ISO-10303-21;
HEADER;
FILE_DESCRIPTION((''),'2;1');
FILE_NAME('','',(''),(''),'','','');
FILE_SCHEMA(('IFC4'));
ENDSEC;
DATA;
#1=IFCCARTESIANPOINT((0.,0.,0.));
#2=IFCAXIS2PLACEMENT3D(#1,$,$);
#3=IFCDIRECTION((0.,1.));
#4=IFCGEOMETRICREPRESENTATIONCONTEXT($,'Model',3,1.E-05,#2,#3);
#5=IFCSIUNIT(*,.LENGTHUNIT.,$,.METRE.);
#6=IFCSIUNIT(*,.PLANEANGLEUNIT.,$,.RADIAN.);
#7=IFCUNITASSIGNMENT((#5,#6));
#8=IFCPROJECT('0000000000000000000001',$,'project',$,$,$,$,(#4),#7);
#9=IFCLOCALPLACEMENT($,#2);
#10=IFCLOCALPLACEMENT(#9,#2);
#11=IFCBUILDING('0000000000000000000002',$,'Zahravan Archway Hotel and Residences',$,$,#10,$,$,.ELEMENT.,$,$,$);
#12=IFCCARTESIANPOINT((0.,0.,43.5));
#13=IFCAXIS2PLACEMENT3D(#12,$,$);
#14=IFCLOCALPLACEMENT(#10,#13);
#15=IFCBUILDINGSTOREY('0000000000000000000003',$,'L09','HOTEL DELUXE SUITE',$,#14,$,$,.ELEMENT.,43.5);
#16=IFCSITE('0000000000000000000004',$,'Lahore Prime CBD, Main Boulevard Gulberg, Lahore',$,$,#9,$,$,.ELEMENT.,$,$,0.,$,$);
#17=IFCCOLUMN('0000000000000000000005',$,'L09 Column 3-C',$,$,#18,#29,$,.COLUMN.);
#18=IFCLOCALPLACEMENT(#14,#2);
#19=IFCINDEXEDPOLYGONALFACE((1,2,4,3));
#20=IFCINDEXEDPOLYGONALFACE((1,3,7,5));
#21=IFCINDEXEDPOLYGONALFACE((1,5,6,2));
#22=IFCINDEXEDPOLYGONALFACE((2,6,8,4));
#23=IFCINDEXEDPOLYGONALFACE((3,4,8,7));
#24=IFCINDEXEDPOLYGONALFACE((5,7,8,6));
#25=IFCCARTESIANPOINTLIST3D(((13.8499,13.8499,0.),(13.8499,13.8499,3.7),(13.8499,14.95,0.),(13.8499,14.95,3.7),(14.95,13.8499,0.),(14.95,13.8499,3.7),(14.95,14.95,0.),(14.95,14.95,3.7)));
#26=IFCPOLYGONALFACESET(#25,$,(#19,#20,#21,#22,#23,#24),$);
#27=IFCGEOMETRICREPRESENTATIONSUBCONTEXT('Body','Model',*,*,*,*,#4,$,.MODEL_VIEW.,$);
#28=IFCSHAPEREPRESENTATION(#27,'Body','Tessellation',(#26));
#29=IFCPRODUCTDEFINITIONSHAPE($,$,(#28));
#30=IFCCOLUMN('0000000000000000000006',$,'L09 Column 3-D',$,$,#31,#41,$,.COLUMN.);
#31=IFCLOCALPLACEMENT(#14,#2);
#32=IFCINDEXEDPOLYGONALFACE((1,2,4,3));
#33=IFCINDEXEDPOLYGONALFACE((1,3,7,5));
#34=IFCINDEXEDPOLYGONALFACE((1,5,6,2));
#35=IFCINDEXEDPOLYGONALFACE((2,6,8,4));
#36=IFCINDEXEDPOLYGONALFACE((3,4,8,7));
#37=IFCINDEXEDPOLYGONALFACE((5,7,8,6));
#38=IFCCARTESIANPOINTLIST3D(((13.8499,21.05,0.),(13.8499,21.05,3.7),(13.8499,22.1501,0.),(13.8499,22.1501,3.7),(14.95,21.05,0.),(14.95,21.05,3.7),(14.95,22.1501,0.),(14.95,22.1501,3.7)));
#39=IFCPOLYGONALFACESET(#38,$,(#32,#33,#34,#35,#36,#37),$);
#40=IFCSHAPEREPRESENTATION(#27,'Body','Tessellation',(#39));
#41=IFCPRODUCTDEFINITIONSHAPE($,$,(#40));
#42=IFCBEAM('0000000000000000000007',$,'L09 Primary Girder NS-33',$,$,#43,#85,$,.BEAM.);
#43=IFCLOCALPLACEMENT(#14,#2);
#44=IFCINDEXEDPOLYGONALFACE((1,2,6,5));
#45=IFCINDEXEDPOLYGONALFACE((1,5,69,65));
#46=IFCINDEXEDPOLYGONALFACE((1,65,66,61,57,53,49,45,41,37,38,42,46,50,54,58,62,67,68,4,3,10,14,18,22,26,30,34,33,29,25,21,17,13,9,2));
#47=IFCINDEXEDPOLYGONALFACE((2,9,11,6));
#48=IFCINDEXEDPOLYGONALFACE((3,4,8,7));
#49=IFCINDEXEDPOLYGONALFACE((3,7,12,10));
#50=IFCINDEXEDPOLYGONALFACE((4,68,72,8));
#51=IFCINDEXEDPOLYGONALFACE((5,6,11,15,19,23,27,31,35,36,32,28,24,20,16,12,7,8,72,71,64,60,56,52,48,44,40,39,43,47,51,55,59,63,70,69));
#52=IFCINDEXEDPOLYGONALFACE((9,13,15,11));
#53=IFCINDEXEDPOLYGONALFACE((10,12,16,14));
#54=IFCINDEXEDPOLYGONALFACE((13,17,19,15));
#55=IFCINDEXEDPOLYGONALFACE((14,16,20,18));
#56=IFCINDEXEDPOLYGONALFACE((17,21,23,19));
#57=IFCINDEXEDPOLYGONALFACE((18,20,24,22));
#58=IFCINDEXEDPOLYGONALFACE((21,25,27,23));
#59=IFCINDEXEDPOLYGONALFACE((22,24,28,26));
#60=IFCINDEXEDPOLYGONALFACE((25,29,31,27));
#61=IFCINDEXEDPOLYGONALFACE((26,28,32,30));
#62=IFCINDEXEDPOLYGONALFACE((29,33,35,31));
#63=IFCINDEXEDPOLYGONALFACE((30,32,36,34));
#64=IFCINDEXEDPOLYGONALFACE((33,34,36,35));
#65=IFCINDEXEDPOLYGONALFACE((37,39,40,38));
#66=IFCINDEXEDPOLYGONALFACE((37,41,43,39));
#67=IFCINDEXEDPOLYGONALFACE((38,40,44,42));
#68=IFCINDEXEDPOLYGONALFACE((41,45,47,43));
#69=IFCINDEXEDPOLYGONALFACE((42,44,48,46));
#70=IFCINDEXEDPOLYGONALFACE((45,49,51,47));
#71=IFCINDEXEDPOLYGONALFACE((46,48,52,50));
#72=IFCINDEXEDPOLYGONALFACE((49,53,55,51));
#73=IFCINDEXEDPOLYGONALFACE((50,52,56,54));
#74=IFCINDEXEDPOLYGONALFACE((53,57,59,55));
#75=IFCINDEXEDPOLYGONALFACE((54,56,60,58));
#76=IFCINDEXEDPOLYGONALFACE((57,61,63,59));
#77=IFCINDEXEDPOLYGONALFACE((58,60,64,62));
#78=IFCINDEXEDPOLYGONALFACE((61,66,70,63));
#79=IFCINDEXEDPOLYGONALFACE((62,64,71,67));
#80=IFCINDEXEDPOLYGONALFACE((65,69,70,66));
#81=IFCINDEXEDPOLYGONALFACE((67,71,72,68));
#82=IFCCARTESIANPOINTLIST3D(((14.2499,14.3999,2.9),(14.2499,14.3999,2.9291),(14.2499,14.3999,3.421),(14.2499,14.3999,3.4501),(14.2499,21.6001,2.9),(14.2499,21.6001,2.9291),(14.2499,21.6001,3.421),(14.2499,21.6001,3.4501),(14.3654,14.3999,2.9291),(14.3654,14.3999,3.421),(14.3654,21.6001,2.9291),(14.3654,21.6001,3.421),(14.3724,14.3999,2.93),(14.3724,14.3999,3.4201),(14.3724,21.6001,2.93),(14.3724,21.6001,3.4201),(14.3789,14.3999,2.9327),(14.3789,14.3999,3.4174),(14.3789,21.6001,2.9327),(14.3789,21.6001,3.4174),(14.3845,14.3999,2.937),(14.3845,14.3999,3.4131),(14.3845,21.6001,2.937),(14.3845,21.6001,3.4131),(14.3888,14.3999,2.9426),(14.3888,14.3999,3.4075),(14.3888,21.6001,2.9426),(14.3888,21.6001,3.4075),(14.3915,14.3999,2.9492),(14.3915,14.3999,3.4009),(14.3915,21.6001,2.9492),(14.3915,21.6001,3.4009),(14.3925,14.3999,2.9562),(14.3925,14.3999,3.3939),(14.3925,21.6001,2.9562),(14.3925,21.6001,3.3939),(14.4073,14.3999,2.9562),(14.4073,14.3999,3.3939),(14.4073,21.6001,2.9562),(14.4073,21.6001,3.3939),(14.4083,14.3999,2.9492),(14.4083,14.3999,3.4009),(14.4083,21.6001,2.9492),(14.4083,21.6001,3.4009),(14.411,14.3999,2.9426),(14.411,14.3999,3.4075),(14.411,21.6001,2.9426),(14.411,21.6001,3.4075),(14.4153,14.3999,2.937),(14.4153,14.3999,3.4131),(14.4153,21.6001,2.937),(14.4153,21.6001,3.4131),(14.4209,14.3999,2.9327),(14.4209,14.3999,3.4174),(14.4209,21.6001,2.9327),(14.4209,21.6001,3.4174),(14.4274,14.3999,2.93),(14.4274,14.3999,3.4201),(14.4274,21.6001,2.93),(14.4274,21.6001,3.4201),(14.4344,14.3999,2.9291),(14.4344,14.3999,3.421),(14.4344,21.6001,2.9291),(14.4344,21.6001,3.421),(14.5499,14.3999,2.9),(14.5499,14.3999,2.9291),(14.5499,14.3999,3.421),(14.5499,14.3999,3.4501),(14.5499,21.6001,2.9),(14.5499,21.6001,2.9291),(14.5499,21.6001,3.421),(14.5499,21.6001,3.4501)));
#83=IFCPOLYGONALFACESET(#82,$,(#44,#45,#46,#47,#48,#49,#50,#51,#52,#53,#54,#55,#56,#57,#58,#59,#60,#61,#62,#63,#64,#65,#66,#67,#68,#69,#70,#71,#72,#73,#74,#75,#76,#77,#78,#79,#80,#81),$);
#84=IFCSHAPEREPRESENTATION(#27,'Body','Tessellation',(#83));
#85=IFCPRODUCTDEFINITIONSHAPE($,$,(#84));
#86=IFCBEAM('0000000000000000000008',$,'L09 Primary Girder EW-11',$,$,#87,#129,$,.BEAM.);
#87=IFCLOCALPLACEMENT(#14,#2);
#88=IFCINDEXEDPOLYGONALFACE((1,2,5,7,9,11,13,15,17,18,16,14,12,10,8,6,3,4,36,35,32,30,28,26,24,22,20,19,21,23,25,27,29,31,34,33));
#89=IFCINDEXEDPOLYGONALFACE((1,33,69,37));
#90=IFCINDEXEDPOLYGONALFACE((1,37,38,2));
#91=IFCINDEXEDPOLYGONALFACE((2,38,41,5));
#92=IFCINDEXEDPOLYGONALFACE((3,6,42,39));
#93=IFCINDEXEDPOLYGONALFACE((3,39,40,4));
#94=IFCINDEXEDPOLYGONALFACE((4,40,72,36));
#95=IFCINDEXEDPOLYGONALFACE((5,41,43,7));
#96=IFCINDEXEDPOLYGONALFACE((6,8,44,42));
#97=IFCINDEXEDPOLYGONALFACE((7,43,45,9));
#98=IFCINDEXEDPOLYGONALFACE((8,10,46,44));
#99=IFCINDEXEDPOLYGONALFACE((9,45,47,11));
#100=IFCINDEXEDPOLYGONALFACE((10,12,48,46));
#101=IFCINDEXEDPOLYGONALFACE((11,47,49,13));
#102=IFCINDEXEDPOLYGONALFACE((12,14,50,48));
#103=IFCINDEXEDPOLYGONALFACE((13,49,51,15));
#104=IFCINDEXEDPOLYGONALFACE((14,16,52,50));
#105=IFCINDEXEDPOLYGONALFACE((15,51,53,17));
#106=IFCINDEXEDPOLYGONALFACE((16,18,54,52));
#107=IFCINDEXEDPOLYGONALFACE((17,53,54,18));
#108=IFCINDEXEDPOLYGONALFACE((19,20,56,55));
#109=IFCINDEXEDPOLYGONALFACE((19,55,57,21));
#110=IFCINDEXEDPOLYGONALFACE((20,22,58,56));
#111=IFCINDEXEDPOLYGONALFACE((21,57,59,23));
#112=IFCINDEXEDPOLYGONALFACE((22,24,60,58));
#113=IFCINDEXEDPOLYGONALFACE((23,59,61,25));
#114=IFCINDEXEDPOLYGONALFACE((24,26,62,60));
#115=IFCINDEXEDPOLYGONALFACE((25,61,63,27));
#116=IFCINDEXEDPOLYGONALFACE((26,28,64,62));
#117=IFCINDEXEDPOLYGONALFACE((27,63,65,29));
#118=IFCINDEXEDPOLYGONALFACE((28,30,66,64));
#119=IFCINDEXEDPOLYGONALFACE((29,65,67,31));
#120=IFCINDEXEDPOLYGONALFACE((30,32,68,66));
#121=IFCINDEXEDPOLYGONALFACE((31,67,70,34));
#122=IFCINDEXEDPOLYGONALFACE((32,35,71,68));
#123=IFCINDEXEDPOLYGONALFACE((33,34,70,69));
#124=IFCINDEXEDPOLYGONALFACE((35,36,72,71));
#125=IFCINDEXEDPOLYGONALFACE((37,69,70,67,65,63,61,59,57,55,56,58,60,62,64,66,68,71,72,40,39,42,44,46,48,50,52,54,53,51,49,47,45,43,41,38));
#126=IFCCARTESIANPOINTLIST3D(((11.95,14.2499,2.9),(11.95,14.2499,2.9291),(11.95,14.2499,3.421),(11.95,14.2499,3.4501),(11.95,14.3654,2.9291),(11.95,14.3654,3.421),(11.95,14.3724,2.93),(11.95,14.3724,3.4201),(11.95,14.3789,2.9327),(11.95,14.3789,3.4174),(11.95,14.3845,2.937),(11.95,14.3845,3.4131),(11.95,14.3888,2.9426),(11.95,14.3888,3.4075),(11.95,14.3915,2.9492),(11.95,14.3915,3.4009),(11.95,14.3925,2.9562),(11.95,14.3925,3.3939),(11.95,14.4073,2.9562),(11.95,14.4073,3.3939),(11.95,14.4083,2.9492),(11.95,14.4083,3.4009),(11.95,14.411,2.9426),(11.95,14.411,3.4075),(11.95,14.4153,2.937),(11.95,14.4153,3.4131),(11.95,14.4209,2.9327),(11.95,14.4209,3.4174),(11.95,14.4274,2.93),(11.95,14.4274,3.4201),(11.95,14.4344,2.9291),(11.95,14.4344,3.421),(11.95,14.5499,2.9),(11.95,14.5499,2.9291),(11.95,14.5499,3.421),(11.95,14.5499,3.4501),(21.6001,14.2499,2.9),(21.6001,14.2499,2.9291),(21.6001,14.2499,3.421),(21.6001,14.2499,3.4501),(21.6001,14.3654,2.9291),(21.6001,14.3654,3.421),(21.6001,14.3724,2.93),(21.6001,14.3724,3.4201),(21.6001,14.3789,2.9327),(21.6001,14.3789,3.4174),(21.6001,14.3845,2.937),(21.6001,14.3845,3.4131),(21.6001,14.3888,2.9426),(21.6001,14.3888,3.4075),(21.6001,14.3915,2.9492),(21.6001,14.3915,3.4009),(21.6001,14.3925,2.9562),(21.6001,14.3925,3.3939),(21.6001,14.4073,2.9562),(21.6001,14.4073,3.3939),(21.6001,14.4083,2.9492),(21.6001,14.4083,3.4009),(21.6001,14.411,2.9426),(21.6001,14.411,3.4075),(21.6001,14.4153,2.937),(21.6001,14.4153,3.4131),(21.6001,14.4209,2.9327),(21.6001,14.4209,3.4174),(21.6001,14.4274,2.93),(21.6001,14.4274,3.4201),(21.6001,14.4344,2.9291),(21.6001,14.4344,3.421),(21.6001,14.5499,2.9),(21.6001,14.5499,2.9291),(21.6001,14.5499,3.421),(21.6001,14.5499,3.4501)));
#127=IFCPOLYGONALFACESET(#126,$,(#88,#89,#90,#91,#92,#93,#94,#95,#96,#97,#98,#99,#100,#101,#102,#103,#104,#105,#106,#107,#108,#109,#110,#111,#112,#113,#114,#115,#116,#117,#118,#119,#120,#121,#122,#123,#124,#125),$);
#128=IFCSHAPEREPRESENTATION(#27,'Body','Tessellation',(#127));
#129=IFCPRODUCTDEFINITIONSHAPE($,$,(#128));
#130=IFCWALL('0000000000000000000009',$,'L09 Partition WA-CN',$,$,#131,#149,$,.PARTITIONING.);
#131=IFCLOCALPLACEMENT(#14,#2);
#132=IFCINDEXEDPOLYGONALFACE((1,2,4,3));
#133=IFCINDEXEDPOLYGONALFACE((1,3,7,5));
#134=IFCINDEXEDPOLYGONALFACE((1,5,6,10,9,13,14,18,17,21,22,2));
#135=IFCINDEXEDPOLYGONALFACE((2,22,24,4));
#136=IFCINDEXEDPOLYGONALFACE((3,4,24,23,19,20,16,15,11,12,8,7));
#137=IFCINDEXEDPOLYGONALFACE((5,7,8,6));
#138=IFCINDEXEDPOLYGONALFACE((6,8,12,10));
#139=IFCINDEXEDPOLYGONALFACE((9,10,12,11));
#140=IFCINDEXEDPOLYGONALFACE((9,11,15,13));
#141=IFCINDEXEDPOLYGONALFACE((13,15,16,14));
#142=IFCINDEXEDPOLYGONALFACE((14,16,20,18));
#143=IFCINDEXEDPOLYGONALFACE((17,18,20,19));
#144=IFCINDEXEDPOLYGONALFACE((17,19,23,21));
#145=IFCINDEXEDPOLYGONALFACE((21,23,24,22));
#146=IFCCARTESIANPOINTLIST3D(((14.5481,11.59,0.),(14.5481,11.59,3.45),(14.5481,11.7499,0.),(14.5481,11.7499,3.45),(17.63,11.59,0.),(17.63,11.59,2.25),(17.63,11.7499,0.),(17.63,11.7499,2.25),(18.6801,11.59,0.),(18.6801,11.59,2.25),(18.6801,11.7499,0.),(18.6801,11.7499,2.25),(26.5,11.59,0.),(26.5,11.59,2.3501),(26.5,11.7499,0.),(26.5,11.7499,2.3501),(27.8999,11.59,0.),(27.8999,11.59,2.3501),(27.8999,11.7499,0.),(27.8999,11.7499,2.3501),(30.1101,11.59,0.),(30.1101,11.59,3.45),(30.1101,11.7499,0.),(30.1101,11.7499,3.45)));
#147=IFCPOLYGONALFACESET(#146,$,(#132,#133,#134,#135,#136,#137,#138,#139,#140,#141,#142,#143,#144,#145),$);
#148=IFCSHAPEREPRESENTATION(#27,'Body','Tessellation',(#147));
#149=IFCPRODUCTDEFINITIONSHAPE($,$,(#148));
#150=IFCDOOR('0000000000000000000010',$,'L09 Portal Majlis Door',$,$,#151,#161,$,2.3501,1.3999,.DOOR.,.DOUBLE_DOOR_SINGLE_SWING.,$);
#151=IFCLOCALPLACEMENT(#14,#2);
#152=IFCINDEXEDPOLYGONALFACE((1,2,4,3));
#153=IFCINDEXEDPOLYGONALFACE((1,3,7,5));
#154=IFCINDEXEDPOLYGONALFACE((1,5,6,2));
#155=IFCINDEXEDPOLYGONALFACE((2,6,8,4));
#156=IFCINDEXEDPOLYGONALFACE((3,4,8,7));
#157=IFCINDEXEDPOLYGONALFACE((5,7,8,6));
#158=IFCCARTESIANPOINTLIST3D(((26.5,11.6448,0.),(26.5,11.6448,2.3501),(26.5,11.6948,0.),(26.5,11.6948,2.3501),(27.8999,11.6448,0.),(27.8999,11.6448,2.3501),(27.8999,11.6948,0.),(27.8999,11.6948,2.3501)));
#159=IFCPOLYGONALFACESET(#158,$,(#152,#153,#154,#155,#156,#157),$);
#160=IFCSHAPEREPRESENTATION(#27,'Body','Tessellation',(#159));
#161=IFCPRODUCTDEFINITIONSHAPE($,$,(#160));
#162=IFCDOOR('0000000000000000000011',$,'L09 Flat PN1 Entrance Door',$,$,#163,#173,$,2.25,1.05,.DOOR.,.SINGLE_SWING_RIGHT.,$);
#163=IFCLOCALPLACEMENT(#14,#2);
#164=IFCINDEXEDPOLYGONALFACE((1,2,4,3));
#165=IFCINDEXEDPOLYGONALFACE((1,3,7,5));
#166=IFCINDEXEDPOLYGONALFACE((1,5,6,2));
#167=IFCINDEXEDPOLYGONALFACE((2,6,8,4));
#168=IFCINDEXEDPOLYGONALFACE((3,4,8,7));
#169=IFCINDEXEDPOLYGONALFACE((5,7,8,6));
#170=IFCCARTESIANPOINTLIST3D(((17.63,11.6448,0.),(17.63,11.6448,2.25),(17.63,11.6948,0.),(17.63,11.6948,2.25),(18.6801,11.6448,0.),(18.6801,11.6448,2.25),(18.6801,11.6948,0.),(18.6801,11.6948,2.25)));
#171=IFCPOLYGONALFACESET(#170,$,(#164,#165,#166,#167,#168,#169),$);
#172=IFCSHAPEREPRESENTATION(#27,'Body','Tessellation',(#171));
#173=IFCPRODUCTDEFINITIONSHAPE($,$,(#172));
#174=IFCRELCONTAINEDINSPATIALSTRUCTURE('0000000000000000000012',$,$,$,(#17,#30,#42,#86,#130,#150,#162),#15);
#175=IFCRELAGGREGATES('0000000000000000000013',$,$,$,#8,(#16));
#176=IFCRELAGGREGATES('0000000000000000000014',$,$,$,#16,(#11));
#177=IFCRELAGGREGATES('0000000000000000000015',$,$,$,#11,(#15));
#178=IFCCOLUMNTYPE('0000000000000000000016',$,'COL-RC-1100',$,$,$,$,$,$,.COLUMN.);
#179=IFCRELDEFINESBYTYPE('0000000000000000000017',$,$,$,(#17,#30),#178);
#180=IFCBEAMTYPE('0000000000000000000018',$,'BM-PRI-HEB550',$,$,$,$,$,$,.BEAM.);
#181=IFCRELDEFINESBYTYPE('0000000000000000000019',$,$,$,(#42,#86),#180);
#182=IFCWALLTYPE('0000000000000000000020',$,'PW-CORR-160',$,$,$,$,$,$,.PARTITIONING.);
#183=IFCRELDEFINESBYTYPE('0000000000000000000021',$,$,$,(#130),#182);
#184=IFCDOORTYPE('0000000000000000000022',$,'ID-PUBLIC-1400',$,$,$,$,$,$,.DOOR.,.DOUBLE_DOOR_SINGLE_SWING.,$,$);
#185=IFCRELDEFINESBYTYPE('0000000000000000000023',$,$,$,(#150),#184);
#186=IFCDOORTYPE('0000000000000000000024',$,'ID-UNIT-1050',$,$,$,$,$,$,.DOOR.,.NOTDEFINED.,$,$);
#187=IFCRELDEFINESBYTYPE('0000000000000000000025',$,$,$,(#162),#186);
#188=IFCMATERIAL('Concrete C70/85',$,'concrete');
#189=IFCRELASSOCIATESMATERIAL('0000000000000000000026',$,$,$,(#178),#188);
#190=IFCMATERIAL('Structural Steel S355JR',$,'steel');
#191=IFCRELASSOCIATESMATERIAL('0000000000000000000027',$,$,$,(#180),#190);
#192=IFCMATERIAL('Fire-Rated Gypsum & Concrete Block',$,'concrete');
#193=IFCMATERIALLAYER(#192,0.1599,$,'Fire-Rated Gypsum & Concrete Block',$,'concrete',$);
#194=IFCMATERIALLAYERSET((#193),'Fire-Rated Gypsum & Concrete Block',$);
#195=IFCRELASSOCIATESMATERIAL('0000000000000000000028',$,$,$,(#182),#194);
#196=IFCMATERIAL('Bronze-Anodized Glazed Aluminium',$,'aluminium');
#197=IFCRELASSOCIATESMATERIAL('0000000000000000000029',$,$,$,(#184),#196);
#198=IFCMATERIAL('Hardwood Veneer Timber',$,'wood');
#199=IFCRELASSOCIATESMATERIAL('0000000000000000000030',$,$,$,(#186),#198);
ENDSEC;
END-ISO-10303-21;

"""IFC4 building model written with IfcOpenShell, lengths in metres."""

from ifc_helpers import new_model, si_unit, direction, frame, frame_2d, origin, origin_2d, place, context, subcontext, project, spatial, rectangle, i_section, extrude, source, transform, mapped, material, layer, layer_set, material_profile, profile_set, type_object, type_shapes, element, fill, save


model = new_model("IFC4")

# Units and contexts
model_context = context("Model", 3, precision=1e-05, world=origin(), true_north=direction((0.0, 1.0)))
body_context = subcontext(model_context, "Body", "Model", "MODEL_VIEW")
ifc_project = project(units=[si_unit("LENGTHUNIT", "METRE"), si_unit("PLANEANGLEUNIT", "RADIAN")], contexts=[model_context])

# Site, building, storey
site_placement = place(None, origin())
site = spatial("IfcSite", under=ifc_project, at=site_placement, Name="Lahore Prime CBD, Main Boulevard Gulberg, Lahore", CompositionType="ELEMENT", RefElevation=0.0)
building_placement = place(site_placement, origin())
building = spatial("IfcBuilding", under=site, at=building_placement, Name="Zahravan Archway Hotel and Residences", CompositionType="ELEMENT")
storey_placement = place(building_placement, frame((0.0, 0.0, 43.5)))
storey = spatial("IfcBuildingStorey", under=building, at=storey_placement, Name="L09", Description="HOTEL DELUXE SUITE", CompositionType="ELEMENT", Elevation=43.5)

# Columns
ifc_material_1 = material(Name="Concrete C70/85", Category="concrete")
ifc_material_profile_1 = material_profile(ifc_material_1, rectangle(XDim=1.1001, YDim=1.1001, at=origin_2d()), Name="RC 1100x1100", Category="concrete")
ifc_profile_set_1 = profile_set([ifc_material_profile_1], Name="Concrete C70/85")
column_type = type_object("IfcColumnType", Name="COL-RC-1100", PredefinedType="COLUMN", material=ifc_profile_set_1)
shared_shape_1 = source(origin(), body_context, "Body", "SweptSolid", [
    extrude(rectangle(XDim=1.1001, YDim=1.1001, at=origin_2d()), origin(), (0.0, 0.0, 1.0), 3.7),
])
for number, where, z_axis, x_axis, name in (
    (1, (14.3999, 14.3999, 0.0), (0.0, 0.0, 1.0), (1.0, 0.0, 0.0), "L09 Column 3-C"),
    (2, (14.3999, 21.6001, 0.0), (0.0, 0.0, 1.0), (1.0, 0.0, 0.0), "L09 Column 3-D"),
):
    element("IfcColumn", number, at=place(storey_placement, frame(where, z_axis=z_axis, x_axis=x_axis)), inside=storey, type_object=column_type, Name=name, PredefinedType="COLUMN", context=body_context, shape_type="MappedRepresentation", body=[
        mapped(shared_shape_1, transform((0.0, 0.0, 0.0), scale=1.0)),
    ])

# Beams
ifc_material_2 = material(Name="Structural Steel S355JR", Category="steel")
ifc_material_profile_2 = material_profile(ifc_material_2, i_section(OverallWidth=0.3, OverallDepth=0.55, WebThickness=0.0149, FlangeThickness=0.0291, FilletRadius=0.0271, at=origin_2d()), Name="HEB 550", Category="steel")
ifc_profile_set_2 = profile_set([ifc_material_profile_2], Name="Structural Steel S355JR")
beam_type = type_object("IfcBeamType", Name="BM-PRI-HEB550", PredefinedType="BEAM", material=ifc_profile_set_2)
shared_shape_2 = source(origin(), body_context, "Body", "SweptSolid", [
    extrude(i_section(OverallWidth=0.3, OverallDepth=0.55, WebThickness=0.0149, FlangeThickness=0.0291, FilletRadius=0.0271, at=origin_2d()), origin(), (0.0, 0.0, 1.0), 7.2002),
])
type_shapes(beam_type, [shared_shape_2])
beam_1_placement = place(storey_placement, frame((14.3999, 14.3999, 3.175), z_axis=(0.0, 1.0, 0.0), x_axis=(-1.0, 0.0, 0.0)))
element("IfcBeam", 3, at=beam_1_placement, inside=storey, type_object=beam_type, Name="L09 Primary Girder NS-33", PredefinedType="BEAM", context=body_context, shape_type="MappedRepresentation", body=[
    mapped(shared_shape_2, transform((0.0, 0.0, 0.0), scale=1.0)),
])
shared_shape_3 = source(origin(), body_context, "Body", "SweptSolid", [
    extrude(i_section(OverallWidth=0.3, OverallDepth=0.55, WebThickness=0.0149, FlangeThickness=0.0291, FilletRadius=0.0271, at=origin_2d()), origin(), (0.0, 0.0, 1.0), 9.6501),
])
beam_2_placement = place(storey_placement, frame((11.95, 14.3999, 3.175), z_axis=(1.0, 0.0, 0.0), x_axis=(0.0, 1.0, 0.0)))
element("IfcBeam", 4, at=beam_2_placement, inside=storey, type_object=beam_type, Name="L09 Primary Girder EW-11", PredefinedType="BEAM", context=body_context, shape_type="MappedRepresentation", body=[
    mapped(shared_shape_3, transform((0.0, 0.0, 0.0), scale=1.0)),
])

# Wall, openings, doors
ifc_material_3 = material(Name="Fire-Rated Gypsum & Concrete Block", Category="concrete")
ifc_layer_1 = layer(ifc_material_3, 0.1599, Name="Fire-Rated Gypsum & Concrete Block", Category="concrete")
ifc_layer_set_1 = layer_set([ifc_layer_1], Name="Fire-Rated Gypsum & Concrete Block")
wall_type_1 = type_object("IfcWallType", Name="PW-CORR-160", PredefinedType="PARTITIONING", material=ifc_layer_set_1)
wall_1_placement = place(storey_placement, frame((14.5481, 11.6699, 0.0), z_axis=(0.0, 0.0, 1.0), x_axis=(1.0, 0.0, 0.0)))
wall_1 = element("IfcWall", 5, at=wall_1_placement, inside=storey, type_object=wall_type_1, Name="L09 Partition WA-CN", PredefinedType="PARTITIONING", context=body_context, shape_type="SweptSolid", body=[
    extrude(rectangle(XDim=15.562, YDim=0.1599, at=frame_2d((7.781, 0.0))), origin(), (0.0, 0.0, 1.0), 3.45),
])
opening_1_placement = place(wall_1_placement, frame((3.082, 0.0, 0.0)))
opening_1 = element("IfcOpeningElement", 6, at=opening_1_placement, cuts=wall_1, PredefinedType="OPENING", context=body_context, shape_type="SweptSolid", body=[
    extrude(rectangle(XDim=1.05, YDim=2.25, at=frame_2d((0.5249, 1.125))), frame((0.0, 0.0898, 0.0), z_axis=(0.0, -1.0, 0.0), x_axis=(1.0, 0.0, 0.0)), (0.0, 0.0, 1.0), 0.1799),
])
opening_2_placement = place(wall_1_placement, frame((11.9519, 0.0, 0.0)))
opening_2 = element("IfcOpeningElement", 7, at=opening_2_placement, cuts=wall_1, PredefinedType="OPENING", context=body_context, shape_type="SweptSolid", body=[
    extrude(rectangle(XDim=1.3999, YDim=2.3501, at=frame_2d((0.7, 1.175))), frame((0.0, 0.0898, 0.0), z_axis=(0.0, -1.0, 0.0), x_axis=(1.0, 0.0, 0.0)), (0.0, 0.0, 1.0), 0.1799),
])
ifc_material_4 = material(Name="Bronze-Anodized Glazed Aluminium", Category="aluminium")
door_type_1 = type_object("IfcDoorType", Name="ID-PUBLIC-1400", OperationType="DOUBLE_DOOR_SINGLE_SWING", PredefinedType="DOOR", material=ifc_material_4)
shared_shape_4 = source(origin(), body_context, "Body", "SweptSolid", [
    extrude(rectangle(XDim=1.3999, YDim=2.3501, at=frame_2d((0.7, 1.175))), frame((0.0, 0.0249, 0.0), z_axis=(0.0, -1.0, 0.0), x_axis=(1.0, 0.0, 0.0)), (0.0, 0.0, 1.0), 0.05),
])
type_shapes(door_type_1, [shared_shape_4])
door_1_placement = place(opening_2_placement, origin())
door_1 = element("IfcDoor", 8, at=door_1_placement, inside=storey, type_object=door_type_1, Name="L09 Portal Majlis Door", OperationType="DOUBLE_DOOR_SINGLE_SWING", OverallHeight=2.3501, OverallWidth=1.3999, PredefinedType="DOOR", context=body_context, shape_type="MappedRepresentation", body=[
    mapped(shared_shape_4, transform((0.0, 0.0, 0.0), scale=1.0)),
])
fill(opening_2, door_1)
ifc_material_5 = material(Name="Hardwood Veneer Timber", Category="wood")
door_type_2 = type_object("IfcDoorType", Name="ID-UNIT-1050", OperationType="NOTDEFINED", PredefinedType="DOOR", material=ifc_material_5)
shared_shape_5 = source(origin(), body_context, "Body", "SweptSolid", [
    extrude(rectangle(XDim=1.05, YDim=2.25, at=frame_2d((0.5249, 1.125))), frame((0.0, 0.0249, 0.0), z_axis=(0.0, -1.0, 0.0), x_axis=(1.0, 0.0, 0.0)), (0.0, 0.0, 1.0), 0.05),
])
type_shapes(door_type_2, [shared_shape_5])
door_2_placement = place(opening_1_placement, origin())
door_2 = element("IfcDoor", 9, at=door_2_placement, inside=storey, type_object=door_type_2, Name="L09 Flat PN1 Entrance Door", OperationType="SINGLE_SWING_RIGHT", OverallHeight=2.25, OverallWidth=1.05, PredefinedType="DOOR", context=body_context, shape_type="MappedRepresentation", body=[
    mapped(shared_shape_5, transform((0.0, 0.0, 0.0), scale=1.0)),
])
fill(opening_1, door_2)

save(model, "model.ifc")
